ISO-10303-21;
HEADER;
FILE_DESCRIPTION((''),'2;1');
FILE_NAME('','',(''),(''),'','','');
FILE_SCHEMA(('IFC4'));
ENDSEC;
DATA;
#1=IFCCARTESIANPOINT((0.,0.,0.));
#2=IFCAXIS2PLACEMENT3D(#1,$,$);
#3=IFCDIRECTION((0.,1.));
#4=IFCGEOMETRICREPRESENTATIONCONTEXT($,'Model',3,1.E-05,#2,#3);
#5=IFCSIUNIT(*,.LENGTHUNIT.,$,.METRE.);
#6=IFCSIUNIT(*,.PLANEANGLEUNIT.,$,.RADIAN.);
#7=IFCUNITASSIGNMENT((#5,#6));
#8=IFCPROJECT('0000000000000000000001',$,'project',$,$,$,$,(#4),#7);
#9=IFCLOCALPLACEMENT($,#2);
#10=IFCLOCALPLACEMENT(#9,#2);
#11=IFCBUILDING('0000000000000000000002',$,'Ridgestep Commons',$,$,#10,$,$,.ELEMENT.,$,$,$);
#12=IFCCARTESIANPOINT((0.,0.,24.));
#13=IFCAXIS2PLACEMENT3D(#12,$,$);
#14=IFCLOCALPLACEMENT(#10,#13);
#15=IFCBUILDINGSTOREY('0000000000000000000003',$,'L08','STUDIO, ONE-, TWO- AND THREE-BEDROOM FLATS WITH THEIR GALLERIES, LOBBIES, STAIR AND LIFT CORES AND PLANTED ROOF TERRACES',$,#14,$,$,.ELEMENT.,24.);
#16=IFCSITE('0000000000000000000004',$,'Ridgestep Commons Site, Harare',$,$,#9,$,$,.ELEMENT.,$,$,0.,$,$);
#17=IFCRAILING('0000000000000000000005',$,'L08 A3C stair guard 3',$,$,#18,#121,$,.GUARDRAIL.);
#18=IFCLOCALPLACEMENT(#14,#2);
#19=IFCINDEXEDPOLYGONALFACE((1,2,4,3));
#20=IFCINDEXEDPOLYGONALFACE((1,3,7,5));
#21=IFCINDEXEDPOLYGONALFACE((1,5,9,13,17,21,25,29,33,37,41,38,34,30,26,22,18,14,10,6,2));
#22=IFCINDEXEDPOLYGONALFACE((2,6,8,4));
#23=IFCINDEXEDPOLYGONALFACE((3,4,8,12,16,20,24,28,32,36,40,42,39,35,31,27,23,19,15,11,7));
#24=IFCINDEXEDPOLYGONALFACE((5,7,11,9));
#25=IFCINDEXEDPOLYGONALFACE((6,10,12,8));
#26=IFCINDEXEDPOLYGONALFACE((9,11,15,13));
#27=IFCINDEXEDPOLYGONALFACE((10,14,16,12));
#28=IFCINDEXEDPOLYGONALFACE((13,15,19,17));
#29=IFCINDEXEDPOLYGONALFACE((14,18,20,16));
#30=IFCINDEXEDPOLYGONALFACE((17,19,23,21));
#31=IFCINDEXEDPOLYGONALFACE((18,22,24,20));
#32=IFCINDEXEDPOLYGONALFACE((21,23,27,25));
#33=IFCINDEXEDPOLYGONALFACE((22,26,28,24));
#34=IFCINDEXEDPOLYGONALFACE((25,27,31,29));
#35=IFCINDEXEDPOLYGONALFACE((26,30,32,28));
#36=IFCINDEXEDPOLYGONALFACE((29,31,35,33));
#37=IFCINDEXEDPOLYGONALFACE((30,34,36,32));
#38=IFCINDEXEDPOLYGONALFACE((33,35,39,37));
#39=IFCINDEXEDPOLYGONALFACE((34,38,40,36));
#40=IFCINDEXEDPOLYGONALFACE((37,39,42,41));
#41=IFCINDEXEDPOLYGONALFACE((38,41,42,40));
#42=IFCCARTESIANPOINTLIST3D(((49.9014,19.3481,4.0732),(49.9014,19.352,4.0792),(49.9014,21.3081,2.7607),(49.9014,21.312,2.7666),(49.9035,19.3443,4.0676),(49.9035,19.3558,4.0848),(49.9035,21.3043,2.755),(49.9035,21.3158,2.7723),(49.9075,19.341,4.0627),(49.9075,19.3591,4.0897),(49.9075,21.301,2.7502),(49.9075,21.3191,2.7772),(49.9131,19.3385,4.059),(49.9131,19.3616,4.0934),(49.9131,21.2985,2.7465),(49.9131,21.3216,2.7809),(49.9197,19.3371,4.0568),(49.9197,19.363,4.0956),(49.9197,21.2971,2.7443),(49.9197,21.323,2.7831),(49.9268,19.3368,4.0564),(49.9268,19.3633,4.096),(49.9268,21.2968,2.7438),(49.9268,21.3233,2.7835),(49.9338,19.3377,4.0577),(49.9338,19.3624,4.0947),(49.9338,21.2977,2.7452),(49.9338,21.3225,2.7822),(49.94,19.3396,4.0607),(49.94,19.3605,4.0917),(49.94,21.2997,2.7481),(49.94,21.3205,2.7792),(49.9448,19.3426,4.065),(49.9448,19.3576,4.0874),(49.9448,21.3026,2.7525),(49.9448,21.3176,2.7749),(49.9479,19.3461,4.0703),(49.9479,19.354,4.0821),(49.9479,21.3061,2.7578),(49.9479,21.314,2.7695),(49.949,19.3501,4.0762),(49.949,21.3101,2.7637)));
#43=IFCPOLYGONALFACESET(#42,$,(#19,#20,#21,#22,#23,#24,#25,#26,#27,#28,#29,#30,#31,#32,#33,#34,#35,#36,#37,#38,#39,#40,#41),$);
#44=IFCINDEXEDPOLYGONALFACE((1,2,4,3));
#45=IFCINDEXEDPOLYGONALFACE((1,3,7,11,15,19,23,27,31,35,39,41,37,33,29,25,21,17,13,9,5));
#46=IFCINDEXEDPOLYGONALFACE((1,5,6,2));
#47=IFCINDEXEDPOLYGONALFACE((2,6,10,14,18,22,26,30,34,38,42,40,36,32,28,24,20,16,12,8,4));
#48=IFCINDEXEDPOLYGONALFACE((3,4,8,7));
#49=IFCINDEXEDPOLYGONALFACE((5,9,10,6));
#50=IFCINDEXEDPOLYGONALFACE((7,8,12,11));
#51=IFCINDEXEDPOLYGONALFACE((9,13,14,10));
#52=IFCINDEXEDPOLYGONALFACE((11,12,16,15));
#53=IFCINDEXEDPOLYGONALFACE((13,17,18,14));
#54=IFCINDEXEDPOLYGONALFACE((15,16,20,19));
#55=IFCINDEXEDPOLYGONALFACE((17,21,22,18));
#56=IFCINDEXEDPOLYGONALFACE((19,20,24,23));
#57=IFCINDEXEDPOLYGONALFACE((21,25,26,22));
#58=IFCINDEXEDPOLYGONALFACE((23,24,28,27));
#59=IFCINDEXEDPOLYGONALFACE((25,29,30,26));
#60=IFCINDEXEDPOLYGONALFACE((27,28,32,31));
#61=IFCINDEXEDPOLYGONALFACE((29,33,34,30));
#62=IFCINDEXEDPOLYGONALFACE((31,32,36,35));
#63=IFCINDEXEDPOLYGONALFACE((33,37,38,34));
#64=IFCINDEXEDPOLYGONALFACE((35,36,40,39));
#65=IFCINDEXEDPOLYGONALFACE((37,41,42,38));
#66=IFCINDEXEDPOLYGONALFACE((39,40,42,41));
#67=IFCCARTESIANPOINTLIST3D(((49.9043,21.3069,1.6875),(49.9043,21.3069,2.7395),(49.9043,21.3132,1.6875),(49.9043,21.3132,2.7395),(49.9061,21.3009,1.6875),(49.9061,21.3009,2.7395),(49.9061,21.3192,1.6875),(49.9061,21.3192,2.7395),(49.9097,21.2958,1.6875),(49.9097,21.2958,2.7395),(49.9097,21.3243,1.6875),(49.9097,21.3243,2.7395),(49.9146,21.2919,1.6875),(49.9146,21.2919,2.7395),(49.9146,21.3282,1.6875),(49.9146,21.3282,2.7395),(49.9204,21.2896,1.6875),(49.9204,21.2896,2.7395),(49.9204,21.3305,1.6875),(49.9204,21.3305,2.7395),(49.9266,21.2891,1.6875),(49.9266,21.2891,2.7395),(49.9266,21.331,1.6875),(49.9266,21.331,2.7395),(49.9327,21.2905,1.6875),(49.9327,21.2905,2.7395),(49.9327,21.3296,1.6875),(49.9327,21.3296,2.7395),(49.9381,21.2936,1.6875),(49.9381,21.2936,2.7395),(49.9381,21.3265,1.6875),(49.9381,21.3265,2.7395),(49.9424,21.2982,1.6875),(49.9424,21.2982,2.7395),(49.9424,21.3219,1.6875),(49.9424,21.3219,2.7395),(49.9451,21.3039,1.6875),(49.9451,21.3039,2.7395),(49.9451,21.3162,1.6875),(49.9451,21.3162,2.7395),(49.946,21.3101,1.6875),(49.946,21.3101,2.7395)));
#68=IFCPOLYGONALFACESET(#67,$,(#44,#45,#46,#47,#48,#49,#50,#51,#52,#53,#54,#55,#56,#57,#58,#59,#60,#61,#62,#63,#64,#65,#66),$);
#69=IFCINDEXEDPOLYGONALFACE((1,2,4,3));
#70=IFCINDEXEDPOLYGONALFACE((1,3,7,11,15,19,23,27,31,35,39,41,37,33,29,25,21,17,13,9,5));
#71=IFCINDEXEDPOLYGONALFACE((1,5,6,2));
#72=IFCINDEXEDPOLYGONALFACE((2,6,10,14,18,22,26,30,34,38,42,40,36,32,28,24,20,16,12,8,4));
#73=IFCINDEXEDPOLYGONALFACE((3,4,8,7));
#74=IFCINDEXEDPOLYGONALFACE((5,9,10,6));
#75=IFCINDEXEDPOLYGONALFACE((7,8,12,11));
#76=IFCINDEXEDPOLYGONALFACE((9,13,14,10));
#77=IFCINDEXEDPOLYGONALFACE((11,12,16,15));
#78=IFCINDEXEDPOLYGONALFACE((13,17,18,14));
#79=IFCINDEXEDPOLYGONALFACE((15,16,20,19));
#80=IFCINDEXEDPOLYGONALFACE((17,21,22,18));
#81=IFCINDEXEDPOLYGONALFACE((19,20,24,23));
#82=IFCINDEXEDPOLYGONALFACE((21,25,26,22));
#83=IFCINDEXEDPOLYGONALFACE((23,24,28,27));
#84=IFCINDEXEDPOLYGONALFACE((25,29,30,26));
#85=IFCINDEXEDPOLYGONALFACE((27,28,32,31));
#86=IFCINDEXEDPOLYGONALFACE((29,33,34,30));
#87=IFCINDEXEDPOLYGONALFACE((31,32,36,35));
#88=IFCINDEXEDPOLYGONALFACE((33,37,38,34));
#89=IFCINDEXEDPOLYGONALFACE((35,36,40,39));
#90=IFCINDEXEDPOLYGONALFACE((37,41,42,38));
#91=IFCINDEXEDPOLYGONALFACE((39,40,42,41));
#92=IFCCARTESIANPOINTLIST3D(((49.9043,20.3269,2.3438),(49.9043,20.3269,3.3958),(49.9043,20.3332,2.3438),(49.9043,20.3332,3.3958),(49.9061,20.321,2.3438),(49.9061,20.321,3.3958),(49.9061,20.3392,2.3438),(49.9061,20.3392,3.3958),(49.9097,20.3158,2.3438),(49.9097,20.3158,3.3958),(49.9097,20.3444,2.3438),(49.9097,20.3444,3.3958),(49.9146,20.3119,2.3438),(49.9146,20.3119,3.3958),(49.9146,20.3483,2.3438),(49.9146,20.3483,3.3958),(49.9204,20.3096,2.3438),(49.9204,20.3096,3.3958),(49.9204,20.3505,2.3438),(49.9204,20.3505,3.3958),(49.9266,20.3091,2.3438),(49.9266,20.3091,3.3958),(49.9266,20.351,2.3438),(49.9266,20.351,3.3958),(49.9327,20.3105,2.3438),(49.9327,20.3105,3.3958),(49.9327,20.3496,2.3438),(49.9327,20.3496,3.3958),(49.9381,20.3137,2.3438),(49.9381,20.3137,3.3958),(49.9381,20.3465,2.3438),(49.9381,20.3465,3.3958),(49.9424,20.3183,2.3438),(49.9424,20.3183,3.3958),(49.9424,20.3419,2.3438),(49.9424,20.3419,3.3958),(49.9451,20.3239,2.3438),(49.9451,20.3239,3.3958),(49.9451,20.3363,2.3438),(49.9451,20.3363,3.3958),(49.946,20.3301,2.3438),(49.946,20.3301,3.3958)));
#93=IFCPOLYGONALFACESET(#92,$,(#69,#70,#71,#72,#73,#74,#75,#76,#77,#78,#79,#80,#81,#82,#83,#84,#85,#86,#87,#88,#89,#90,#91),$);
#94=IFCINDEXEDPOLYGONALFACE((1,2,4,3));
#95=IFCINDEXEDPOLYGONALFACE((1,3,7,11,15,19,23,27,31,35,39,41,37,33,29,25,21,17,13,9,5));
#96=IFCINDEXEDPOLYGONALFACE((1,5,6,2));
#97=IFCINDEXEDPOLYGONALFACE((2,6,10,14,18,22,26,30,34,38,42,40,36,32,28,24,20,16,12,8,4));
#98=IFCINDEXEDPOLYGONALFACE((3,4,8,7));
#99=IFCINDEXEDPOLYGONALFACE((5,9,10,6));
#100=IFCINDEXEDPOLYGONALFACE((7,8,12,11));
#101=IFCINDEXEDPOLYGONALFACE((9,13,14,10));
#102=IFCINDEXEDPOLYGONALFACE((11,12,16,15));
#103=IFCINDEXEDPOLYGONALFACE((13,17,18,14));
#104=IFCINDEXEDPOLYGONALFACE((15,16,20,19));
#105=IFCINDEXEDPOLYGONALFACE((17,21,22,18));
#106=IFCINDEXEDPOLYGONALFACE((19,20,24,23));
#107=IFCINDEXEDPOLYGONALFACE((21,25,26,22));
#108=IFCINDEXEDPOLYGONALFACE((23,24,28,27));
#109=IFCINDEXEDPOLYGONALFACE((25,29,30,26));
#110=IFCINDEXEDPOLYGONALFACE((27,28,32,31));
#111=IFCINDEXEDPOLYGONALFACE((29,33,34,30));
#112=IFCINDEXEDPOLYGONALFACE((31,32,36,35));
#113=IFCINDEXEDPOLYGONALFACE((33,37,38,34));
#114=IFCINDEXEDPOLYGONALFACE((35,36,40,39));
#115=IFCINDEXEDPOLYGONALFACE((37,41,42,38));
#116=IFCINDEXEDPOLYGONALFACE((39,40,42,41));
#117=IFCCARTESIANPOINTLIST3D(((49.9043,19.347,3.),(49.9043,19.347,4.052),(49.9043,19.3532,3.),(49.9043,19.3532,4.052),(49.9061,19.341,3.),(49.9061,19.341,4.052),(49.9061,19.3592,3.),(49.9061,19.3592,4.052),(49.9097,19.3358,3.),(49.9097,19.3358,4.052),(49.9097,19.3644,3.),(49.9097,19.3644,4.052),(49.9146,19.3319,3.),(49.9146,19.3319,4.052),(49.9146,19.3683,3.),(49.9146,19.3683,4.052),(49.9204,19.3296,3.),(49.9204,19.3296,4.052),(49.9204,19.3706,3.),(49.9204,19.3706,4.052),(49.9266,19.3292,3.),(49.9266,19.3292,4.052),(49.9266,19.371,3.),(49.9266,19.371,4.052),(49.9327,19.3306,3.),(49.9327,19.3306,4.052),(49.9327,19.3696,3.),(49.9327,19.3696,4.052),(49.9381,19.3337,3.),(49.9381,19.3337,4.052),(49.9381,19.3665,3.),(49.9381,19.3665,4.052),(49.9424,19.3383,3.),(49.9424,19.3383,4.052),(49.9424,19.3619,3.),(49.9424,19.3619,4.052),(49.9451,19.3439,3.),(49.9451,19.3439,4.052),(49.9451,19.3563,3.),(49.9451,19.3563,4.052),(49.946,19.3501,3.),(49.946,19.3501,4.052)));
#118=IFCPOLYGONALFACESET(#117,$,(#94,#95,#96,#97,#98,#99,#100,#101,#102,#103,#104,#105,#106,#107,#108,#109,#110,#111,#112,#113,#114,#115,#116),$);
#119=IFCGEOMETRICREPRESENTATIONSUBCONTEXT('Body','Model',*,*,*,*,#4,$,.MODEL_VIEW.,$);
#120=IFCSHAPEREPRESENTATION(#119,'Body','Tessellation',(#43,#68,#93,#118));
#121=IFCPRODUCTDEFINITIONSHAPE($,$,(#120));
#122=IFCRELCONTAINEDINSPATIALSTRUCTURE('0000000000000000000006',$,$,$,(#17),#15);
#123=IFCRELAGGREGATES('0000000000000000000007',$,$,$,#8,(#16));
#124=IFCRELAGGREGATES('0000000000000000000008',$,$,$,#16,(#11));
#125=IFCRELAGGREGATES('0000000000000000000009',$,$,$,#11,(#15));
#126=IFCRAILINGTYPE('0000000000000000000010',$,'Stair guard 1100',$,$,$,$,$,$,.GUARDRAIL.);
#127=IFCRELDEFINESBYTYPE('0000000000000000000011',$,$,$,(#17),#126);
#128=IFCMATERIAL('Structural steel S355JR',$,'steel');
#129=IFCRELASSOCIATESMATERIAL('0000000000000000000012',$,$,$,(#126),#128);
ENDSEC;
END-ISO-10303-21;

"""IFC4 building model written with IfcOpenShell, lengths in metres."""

from ifc_helpers import new_model, si_unit, direction, frame, origin, origin_2d, place, context, subcontext, project, spatial, circle, extrude, material, type_object, element, save


model = new_model("IFC4")

# Units and contexts
model_context = context("Model", 3, precision=1e-05, world=origin(), true_north=direction((0.0, 1.0)))
body_context = subcontext(model_context, "Body", "Model", "MODEL_VIEW")
ifc_project = project(units=[si_unit("LENGTHUNIT", "METRE"), si_unit("PLANEANGLEUNIT", "RADIAN")], contexts=[model_context])

# Site, building, storey
site_placement = place(None, origin())
site = spatial("IfcSite", under=ifc_project, at=site_placement, Name="Ridgestep Commons Site, Harare", CompositionType="ELEMENT", RefElevation=0.0)
building_placement = place(site_placement, origin())
building = spatial("IfcBuilding", under=site, at=building_placement, Name="Ridgestep Commons", CompositionType="ELEMENT")
storey_placement = place(building_placement, frame((0.0, 0.0, 24.0)))
storey = spatial("IfcBuildingStorey", under=building, at=storey_placement, Name="L08", Description="STUDIO, ONE-, TWO- AND THREE-BEDROOM FLATS WITH THEIR GALLERIES, LOBBIES, STAIR AND LIFT CORES AND PLANTED ROOF TERRACES", CompositionType="ELEMENT", Elevation=24.0)

# Railing
ifc_material_1 = material(Name="Structural steel S355JR", Category="steel")
railing_type = type_object("IfcRailingType", Name="Stair guard 1100", PredefinedType="GUARDRAIL", material=ifc_material_1)
railing_1_placement = place(storey_placement, frame((49.925, 21.3101, 1.6875)))
element("IfcRailing", 1, at=railing_1_placement, inside=storey, type_object=railing_type, Name="L08 A3C stair guard 3", PredefinedType="GUARDRAIL", context=body_context, shape_type="SweptSolid", body=[
    extrude(circle(Radius=0.0239, at=origin_2d()), frame((0.0, 0.0, 1.0762), z_axis=(0.0, -0.830902, 0.556419), x_axis=(1.0, 0.0, 0.0)), (0.0, 0.0, 1.0), 2.3589),
    extrude(circle(Radius=0.021, at=origin_2d()), origin(), (0.0, 0.0, 1.0), 1.052),
    extrude(circle(Radius=0.021, at=origin_2d()), frame((0.0, -0.98, 0.6562)), (0.0, 0.0, 1.0), 1.052),
    extrude(circle(Radius=0.021, at=origin_2d()), frame((0.0, -1.96, 1.3125)), (0.0, 0.0, 1.0), 1.052),
])

save(model, "model.ifc")
